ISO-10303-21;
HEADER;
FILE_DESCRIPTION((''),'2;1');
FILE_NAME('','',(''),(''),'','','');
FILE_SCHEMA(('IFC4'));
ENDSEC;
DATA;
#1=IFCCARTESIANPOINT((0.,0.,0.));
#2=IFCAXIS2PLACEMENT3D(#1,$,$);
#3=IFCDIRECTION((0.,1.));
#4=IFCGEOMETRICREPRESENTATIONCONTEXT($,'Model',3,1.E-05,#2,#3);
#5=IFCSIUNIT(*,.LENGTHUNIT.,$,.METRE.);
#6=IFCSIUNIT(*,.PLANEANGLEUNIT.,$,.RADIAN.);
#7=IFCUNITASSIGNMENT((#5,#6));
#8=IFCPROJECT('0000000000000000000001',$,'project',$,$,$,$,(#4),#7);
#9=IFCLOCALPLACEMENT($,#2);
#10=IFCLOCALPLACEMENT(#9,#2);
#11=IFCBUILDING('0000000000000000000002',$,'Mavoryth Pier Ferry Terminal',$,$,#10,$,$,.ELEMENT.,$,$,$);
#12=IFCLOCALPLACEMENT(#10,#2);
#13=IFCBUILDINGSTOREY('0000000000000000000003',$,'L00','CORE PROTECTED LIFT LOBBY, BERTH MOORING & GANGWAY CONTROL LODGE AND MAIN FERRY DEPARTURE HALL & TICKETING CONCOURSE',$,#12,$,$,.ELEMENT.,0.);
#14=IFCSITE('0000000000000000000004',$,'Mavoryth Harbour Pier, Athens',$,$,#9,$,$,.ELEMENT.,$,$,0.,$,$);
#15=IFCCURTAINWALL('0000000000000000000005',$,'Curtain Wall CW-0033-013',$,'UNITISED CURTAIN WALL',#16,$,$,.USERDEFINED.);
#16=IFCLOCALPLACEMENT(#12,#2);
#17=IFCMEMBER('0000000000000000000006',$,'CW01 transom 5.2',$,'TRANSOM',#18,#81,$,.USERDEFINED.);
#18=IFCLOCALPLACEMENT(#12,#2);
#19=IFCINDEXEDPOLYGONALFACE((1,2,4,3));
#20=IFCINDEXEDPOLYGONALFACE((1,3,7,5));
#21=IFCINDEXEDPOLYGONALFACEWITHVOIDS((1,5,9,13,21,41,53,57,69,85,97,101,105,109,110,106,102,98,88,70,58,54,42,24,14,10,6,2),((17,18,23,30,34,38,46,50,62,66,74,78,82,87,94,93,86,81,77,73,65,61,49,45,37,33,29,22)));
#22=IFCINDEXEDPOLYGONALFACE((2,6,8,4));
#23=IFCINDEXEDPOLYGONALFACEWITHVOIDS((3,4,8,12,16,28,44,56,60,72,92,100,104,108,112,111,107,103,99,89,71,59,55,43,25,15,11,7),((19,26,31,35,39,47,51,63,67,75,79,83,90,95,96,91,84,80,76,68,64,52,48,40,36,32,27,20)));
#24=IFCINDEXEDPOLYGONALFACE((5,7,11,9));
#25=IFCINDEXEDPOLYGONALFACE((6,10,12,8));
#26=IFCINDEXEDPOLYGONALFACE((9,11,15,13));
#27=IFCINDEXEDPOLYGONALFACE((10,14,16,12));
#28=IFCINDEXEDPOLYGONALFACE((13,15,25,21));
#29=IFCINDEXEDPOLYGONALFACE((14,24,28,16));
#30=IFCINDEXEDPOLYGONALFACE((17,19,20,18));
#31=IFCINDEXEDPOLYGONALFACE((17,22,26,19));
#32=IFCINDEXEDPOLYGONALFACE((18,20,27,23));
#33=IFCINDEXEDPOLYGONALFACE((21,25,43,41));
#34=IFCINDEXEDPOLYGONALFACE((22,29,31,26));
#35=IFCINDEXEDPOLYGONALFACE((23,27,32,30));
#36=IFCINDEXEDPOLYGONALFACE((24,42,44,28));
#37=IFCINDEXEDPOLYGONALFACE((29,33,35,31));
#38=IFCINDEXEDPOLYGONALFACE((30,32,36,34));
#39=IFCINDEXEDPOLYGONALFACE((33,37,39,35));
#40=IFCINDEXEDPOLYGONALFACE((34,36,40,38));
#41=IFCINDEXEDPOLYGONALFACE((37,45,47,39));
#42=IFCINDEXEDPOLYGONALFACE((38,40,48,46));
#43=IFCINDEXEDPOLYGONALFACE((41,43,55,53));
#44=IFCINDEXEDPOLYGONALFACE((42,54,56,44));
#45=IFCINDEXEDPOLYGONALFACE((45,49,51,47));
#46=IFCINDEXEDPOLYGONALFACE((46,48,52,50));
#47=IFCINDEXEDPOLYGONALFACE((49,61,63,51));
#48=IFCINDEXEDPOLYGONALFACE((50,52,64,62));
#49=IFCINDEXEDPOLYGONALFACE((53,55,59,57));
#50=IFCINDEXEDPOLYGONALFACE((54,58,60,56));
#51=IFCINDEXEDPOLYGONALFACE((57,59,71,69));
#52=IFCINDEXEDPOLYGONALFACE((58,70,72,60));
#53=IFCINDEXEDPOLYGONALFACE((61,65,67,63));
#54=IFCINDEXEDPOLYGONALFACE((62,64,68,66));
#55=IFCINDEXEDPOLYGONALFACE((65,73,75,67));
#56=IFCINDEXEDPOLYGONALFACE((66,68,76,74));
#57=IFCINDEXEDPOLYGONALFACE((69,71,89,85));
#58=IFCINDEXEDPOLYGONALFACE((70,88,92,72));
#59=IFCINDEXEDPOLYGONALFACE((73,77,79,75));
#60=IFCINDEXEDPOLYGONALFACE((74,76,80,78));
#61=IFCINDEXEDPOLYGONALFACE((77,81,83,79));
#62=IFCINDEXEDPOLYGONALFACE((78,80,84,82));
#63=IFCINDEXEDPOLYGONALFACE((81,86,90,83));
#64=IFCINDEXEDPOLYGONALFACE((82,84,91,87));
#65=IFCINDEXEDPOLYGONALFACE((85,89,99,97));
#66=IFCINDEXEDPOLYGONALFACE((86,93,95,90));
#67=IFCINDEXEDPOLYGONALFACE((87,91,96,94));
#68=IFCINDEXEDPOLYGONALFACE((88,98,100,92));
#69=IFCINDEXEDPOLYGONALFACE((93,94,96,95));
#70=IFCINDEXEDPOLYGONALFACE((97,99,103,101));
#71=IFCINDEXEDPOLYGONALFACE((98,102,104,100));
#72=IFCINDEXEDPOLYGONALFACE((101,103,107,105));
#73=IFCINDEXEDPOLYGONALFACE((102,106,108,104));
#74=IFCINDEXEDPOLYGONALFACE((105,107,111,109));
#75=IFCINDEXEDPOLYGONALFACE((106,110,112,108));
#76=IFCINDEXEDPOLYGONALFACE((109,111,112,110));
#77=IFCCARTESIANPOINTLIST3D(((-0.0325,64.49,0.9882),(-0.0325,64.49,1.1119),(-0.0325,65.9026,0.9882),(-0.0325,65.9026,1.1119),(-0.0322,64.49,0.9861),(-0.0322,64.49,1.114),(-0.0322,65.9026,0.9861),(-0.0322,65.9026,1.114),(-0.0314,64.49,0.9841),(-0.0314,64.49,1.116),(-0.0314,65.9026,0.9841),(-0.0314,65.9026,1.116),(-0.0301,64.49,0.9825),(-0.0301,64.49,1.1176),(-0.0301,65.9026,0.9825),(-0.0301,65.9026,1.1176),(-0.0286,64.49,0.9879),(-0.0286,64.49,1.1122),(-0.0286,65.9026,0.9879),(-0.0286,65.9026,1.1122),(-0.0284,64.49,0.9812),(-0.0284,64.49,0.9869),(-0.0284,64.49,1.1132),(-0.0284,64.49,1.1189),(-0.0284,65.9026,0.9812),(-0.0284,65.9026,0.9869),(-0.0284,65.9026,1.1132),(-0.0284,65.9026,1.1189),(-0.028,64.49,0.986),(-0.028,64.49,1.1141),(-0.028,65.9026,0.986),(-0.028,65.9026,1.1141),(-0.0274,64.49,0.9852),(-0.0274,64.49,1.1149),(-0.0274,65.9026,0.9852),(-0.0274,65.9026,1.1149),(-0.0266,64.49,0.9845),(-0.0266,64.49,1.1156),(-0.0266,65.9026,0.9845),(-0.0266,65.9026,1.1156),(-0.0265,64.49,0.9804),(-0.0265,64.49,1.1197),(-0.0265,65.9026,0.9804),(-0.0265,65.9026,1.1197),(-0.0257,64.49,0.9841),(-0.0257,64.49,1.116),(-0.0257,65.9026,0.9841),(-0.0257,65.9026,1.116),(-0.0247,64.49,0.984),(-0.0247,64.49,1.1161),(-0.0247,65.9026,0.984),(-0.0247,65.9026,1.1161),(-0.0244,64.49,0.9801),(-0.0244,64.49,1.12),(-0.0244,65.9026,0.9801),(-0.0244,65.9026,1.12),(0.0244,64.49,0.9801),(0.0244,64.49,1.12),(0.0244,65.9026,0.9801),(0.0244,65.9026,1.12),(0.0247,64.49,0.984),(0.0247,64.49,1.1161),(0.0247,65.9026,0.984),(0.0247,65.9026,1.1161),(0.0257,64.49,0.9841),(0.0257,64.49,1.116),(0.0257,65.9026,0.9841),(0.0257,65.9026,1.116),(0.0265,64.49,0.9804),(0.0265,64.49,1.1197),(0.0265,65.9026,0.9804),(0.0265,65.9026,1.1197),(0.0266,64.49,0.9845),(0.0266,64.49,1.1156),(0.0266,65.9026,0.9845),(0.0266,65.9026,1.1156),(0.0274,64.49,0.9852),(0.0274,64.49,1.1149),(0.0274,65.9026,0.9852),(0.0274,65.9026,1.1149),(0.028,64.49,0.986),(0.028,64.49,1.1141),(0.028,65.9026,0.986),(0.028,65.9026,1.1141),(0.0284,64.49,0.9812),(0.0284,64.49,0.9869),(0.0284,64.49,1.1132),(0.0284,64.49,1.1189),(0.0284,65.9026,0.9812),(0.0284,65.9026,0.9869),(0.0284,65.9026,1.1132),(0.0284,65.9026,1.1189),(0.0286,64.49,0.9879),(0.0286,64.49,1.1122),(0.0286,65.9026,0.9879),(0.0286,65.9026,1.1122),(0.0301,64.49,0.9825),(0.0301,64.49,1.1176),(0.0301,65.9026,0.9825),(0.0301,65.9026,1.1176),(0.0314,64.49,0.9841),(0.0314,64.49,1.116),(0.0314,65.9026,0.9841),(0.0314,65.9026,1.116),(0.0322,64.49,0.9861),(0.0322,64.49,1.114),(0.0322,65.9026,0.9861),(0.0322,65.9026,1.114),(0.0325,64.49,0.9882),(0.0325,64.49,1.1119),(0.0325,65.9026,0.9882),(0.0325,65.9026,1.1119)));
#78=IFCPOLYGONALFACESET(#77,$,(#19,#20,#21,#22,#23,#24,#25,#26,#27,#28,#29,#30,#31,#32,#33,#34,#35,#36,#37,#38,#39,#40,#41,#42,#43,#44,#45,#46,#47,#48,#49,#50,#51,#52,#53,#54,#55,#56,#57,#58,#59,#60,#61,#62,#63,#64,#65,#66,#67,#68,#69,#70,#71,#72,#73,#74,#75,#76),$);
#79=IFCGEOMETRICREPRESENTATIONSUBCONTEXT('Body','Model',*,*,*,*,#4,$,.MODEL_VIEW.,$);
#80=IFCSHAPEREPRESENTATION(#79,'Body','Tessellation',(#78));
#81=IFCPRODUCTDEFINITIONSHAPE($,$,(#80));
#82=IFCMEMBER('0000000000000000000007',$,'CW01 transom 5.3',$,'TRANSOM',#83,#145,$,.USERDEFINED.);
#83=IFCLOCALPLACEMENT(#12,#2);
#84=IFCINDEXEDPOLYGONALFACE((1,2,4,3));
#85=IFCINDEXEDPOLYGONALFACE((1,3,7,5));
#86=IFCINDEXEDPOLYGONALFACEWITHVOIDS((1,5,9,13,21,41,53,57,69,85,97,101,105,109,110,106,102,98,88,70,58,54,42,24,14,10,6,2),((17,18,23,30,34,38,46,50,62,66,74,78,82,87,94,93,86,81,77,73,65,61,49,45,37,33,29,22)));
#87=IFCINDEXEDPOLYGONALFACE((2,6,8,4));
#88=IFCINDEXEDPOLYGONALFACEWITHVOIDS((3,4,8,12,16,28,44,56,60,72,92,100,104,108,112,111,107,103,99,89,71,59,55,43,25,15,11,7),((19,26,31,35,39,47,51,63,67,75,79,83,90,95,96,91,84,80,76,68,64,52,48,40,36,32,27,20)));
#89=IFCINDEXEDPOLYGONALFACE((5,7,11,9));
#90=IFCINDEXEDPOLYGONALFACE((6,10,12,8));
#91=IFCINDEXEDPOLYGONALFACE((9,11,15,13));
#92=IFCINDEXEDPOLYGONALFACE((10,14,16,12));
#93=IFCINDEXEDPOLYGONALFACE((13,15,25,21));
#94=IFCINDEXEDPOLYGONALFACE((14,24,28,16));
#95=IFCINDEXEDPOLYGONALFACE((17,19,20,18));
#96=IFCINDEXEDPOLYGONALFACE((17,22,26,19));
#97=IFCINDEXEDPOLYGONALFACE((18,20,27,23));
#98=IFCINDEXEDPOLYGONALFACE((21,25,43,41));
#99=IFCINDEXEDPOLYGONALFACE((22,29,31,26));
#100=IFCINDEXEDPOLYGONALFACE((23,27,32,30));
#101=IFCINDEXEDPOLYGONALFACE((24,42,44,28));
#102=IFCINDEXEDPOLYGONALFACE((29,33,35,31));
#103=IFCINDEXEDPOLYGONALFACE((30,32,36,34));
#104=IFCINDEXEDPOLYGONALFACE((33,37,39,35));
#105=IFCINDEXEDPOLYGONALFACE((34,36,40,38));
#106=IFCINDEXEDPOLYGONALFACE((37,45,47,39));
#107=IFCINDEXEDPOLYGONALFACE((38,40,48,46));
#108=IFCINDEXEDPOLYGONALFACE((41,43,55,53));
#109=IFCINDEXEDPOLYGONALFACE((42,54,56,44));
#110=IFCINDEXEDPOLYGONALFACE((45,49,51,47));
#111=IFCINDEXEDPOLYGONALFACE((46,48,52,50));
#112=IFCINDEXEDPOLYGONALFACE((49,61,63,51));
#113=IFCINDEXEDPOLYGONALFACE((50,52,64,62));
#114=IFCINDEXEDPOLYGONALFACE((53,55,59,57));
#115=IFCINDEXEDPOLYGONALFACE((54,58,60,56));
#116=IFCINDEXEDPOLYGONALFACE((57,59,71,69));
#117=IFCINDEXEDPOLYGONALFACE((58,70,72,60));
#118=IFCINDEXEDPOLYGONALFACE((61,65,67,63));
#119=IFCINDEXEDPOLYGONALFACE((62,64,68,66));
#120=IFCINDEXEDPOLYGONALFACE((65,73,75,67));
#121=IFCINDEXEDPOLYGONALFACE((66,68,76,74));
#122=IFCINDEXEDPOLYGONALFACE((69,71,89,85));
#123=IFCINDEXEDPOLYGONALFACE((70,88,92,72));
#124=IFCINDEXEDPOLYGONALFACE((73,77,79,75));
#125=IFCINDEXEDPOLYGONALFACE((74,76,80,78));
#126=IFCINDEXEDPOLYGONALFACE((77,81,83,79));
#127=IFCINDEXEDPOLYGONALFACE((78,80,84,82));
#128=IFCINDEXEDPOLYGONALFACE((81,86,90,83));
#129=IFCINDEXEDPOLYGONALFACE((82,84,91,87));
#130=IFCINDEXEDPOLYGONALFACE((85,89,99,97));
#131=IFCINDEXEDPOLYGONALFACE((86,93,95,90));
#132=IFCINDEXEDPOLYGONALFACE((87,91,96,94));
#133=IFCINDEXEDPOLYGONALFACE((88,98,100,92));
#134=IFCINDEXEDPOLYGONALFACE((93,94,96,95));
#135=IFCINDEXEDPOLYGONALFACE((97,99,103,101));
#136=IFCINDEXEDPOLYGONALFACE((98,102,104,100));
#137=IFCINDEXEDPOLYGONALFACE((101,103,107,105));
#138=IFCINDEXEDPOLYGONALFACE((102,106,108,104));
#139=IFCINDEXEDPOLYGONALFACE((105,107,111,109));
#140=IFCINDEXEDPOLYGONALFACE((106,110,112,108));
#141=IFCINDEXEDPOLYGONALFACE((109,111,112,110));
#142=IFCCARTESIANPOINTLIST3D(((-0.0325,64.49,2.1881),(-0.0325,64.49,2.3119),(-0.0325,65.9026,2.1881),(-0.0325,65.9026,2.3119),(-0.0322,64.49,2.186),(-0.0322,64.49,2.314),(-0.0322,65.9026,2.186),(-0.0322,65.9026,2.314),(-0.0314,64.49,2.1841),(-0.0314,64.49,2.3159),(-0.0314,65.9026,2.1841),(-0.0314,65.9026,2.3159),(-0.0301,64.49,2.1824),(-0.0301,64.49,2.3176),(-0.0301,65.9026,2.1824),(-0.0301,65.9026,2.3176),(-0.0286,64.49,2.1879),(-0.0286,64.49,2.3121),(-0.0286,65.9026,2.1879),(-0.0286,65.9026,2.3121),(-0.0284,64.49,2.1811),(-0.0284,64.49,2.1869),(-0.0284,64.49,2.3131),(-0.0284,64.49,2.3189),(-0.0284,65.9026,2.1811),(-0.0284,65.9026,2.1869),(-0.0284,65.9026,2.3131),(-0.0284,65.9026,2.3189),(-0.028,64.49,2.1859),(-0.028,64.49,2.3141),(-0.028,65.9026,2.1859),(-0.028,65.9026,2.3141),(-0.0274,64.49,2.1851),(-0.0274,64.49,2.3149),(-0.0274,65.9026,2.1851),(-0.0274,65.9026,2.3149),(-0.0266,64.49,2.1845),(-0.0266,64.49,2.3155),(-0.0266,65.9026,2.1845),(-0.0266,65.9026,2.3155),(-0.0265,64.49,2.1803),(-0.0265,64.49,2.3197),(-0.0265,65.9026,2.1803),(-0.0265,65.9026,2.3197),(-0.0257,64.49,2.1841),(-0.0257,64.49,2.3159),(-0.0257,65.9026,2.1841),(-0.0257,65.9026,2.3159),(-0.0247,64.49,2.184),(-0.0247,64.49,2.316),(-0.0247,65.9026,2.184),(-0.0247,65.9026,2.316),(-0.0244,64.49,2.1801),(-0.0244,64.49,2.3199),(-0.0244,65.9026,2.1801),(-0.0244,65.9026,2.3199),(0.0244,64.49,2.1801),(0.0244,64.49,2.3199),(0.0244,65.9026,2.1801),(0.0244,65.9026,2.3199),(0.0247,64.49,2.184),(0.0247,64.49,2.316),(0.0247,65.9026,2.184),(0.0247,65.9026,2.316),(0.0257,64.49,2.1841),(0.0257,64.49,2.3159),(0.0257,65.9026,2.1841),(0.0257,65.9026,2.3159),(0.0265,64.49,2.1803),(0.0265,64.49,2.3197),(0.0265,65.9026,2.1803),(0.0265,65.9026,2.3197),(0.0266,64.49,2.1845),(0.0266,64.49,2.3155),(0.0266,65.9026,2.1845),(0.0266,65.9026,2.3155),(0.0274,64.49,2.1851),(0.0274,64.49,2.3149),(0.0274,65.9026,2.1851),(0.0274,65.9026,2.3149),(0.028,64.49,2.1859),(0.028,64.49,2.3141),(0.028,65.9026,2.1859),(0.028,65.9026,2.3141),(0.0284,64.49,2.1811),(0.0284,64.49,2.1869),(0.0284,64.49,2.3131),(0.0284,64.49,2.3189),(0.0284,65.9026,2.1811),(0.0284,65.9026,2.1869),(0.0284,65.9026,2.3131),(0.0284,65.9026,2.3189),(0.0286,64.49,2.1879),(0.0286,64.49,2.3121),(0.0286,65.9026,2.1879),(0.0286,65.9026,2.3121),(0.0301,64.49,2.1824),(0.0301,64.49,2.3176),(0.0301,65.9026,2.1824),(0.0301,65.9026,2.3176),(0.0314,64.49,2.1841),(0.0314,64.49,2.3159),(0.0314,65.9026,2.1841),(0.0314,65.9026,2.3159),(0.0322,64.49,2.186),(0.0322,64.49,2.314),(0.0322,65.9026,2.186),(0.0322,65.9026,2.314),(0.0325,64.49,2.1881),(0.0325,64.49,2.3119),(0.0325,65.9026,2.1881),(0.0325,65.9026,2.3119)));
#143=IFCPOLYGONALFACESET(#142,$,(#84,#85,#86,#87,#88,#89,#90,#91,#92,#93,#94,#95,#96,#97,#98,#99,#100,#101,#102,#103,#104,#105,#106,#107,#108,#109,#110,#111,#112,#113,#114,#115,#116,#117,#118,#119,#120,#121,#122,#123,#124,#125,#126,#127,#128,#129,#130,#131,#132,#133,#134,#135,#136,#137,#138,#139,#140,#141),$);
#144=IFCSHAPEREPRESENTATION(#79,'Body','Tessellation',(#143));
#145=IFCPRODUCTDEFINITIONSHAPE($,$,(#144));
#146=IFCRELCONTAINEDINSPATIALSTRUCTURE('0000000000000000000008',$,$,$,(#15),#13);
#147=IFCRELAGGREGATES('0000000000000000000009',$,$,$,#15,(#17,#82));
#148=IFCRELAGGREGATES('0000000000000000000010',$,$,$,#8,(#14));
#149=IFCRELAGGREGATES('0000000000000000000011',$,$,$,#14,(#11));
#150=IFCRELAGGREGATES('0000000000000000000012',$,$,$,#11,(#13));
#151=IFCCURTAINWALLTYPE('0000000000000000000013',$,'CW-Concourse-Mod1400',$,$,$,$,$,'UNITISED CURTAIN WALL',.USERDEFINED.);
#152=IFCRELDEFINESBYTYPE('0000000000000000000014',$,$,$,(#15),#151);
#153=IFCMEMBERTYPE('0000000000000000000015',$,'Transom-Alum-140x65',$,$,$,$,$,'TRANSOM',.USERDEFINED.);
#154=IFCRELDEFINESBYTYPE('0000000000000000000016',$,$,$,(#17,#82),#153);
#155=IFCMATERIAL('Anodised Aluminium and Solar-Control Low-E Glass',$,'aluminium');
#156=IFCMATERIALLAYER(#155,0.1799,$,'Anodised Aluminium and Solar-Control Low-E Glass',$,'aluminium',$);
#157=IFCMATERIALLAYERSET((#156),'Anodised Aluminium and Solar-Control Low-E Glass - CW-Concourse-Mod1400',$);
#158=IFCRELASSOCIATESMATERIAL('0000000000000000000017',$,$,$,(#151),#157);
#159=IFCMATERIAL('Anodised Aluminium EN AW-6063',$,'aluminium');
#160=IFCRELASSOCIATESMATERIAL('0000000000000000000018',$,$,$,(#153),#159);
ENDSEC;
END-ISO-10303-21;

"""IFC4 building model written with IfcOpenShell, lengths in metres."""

from ifc_helpers import new_model, si_unit, direction, frame, origin, origin_2d, place, context, subcontext, project, spatial, hollow_rectangle, extrude, material, layer, layer_set, material_profile, profile_set, type_object, element, aggregate, save


model = new_model("IFC4")

# Units and contexts
model_context = context("Model", 3, precision=1e-05, world=origin(), true_north=direction((0.0, 1.0)))
body_context = subcontext(model_context, "Body", "Model", "MODEL_VIEW")
ifc_project = project(units=[si_unit("LENGTHUNIT", "METRE"), si_unit("PLANEANGLEUNIT", "RADIAN")], contexts=[model_context])

# Site, building, storey
site_placement = place(None, origin())
site = spatial("IfcSite", under=ifc_project, at=site_placement, Name="Mavoryth Harbour Pier, Athens", CompositionType="ELEMENT", RefElevation=0.0)
building_placement = place(site_placement, origin())
building = spatial("IfcBuilding", under=site, at=building_placement, Name="Mavoryth Pier Ferry Terminal", CompositionType="ELEMENT")
storey_placement = place(building_placement, origin())
storey = spatial("IfcBuildingStorey", under=building, at=storey_placement, Name="L00", Description="CORE PROTECTED LIFT LOBBY, BERTH MOORING & GANGWAY CONTROL LODGE AND MAIN FERRY DEPARTURE HALL & TICKETING CONCOURSE", CompositionType="ELEMENT", Elevation=0.0)

# Curtain wall, members
ifc_material_1 = material(Name="Anodised Aluminium and Solar-Control Low-E Glass", Category="aluminium")
ifc_layer_1 = layer(ifc_material_1, 0.1799, Name="Anodised Aluminium and Solar-Control Low-E Glass", Category="aluminium")
ifc_layer_set_1 = layer_set([ifc_layer_1], Name="Anodised Aluminium and Solar-Control Low-E Glass - CW-Concourse-Mod1400")
curtain_wall_type = type_object("IfcCurtainWallType", Name="CW-Concourse-Mod1400", ElementType="UNITISED CURTAIN WALL", PredefinedType="USERDEFINED", material=ifc_layer_set_1)
curtain_wall_placement = place(storey_placement, origin())
curtain_wall = element("IfcCurtainWall", 1, at=curtain_wall_placement, inside=storey, type_object=curtain_wall_type, Name="Curtain Wall CW-0033-013", ObjectType="UNITISED CURTAIN WALL", PredefinedType="USERDEFINED")
ifc_material_2 = material(Name="Anodised Aluminium EN AW-6063", Category="aluminium")
ifc_material_profile_1 = material_profile(ifc_material_2, hollow_rectangle(XDim=0.0649, YDim=0.1399, WallThickness=0.0039, InnerFilletRadius=0.0039, OuterFilletRadius=0.0081, at=origin_2d()), Name="AL-TRAN 140x65x4", Category="aluminium")
ifc_profile_set_1 = profile_set([ifc_material_profile_1], Name="Anodised Aluminium EN AW-6063 - AL-TRAN 140x65x4")
member_type_1 = type_object("IfcMemberType", Name="Transom-Alum-140x65", ElementType="TRANSOM", PredefinedType="USERDEFINED", material=ifc_profile_set_1)
member_1_placement = place(storey_placement, frame((0.0, 65.9026, 1.05), z_axis=(0.0, -1.0, 0.0), x_axis=(1.0, 0.0, 0.0)))
member_1 = element("IfcMember", 2, at=member_1_placement, type_object=member_type_1, Name="CW01 transom 5.2", ObjectType="TRANSOM", PredefinedType="USERDEFINED", context=body_context, shape_type="SweptSolid", body=[
    extrude(hollow_rectangle(XDim=0.0649, YDim=0.1399, WallThickness=0.0039, InnerFilletRadius=0.0039, OuterFilletRadius=0.0081, at=origin_2d()), origin(), (0.0, 0.0, 1.0), 1.4126),
])
member_2_placement = place(storey_placement, frame((0.0, 65.9026, 2.25), z_axis=(0.0, -1.0, 0.0), x_axis=(1.0, 0.0, 0.0)))
member_2 = element("IfcMember", 3, at=member_2_placement, type_object=member_type_1, Name="CW01 transom 5.3", ObjectType="TRANSOM", PredefinedType="USERDEFINED", context=body_context, shape_type="SweptSolid", body=[
    extrude(hollow_rectangle(XDim=0.0649, YDim=0.1399, WallThickness=0.0039, InnerFilletRadius=0.0039, OuterFilletRadius=0.0081, at=origin_2d()), origin(), (0.0, 0.0, 1.0), 1.4126),
])
aggregate(curtain_wall, [member_1, member_2])

save(model, "model.ifc")
